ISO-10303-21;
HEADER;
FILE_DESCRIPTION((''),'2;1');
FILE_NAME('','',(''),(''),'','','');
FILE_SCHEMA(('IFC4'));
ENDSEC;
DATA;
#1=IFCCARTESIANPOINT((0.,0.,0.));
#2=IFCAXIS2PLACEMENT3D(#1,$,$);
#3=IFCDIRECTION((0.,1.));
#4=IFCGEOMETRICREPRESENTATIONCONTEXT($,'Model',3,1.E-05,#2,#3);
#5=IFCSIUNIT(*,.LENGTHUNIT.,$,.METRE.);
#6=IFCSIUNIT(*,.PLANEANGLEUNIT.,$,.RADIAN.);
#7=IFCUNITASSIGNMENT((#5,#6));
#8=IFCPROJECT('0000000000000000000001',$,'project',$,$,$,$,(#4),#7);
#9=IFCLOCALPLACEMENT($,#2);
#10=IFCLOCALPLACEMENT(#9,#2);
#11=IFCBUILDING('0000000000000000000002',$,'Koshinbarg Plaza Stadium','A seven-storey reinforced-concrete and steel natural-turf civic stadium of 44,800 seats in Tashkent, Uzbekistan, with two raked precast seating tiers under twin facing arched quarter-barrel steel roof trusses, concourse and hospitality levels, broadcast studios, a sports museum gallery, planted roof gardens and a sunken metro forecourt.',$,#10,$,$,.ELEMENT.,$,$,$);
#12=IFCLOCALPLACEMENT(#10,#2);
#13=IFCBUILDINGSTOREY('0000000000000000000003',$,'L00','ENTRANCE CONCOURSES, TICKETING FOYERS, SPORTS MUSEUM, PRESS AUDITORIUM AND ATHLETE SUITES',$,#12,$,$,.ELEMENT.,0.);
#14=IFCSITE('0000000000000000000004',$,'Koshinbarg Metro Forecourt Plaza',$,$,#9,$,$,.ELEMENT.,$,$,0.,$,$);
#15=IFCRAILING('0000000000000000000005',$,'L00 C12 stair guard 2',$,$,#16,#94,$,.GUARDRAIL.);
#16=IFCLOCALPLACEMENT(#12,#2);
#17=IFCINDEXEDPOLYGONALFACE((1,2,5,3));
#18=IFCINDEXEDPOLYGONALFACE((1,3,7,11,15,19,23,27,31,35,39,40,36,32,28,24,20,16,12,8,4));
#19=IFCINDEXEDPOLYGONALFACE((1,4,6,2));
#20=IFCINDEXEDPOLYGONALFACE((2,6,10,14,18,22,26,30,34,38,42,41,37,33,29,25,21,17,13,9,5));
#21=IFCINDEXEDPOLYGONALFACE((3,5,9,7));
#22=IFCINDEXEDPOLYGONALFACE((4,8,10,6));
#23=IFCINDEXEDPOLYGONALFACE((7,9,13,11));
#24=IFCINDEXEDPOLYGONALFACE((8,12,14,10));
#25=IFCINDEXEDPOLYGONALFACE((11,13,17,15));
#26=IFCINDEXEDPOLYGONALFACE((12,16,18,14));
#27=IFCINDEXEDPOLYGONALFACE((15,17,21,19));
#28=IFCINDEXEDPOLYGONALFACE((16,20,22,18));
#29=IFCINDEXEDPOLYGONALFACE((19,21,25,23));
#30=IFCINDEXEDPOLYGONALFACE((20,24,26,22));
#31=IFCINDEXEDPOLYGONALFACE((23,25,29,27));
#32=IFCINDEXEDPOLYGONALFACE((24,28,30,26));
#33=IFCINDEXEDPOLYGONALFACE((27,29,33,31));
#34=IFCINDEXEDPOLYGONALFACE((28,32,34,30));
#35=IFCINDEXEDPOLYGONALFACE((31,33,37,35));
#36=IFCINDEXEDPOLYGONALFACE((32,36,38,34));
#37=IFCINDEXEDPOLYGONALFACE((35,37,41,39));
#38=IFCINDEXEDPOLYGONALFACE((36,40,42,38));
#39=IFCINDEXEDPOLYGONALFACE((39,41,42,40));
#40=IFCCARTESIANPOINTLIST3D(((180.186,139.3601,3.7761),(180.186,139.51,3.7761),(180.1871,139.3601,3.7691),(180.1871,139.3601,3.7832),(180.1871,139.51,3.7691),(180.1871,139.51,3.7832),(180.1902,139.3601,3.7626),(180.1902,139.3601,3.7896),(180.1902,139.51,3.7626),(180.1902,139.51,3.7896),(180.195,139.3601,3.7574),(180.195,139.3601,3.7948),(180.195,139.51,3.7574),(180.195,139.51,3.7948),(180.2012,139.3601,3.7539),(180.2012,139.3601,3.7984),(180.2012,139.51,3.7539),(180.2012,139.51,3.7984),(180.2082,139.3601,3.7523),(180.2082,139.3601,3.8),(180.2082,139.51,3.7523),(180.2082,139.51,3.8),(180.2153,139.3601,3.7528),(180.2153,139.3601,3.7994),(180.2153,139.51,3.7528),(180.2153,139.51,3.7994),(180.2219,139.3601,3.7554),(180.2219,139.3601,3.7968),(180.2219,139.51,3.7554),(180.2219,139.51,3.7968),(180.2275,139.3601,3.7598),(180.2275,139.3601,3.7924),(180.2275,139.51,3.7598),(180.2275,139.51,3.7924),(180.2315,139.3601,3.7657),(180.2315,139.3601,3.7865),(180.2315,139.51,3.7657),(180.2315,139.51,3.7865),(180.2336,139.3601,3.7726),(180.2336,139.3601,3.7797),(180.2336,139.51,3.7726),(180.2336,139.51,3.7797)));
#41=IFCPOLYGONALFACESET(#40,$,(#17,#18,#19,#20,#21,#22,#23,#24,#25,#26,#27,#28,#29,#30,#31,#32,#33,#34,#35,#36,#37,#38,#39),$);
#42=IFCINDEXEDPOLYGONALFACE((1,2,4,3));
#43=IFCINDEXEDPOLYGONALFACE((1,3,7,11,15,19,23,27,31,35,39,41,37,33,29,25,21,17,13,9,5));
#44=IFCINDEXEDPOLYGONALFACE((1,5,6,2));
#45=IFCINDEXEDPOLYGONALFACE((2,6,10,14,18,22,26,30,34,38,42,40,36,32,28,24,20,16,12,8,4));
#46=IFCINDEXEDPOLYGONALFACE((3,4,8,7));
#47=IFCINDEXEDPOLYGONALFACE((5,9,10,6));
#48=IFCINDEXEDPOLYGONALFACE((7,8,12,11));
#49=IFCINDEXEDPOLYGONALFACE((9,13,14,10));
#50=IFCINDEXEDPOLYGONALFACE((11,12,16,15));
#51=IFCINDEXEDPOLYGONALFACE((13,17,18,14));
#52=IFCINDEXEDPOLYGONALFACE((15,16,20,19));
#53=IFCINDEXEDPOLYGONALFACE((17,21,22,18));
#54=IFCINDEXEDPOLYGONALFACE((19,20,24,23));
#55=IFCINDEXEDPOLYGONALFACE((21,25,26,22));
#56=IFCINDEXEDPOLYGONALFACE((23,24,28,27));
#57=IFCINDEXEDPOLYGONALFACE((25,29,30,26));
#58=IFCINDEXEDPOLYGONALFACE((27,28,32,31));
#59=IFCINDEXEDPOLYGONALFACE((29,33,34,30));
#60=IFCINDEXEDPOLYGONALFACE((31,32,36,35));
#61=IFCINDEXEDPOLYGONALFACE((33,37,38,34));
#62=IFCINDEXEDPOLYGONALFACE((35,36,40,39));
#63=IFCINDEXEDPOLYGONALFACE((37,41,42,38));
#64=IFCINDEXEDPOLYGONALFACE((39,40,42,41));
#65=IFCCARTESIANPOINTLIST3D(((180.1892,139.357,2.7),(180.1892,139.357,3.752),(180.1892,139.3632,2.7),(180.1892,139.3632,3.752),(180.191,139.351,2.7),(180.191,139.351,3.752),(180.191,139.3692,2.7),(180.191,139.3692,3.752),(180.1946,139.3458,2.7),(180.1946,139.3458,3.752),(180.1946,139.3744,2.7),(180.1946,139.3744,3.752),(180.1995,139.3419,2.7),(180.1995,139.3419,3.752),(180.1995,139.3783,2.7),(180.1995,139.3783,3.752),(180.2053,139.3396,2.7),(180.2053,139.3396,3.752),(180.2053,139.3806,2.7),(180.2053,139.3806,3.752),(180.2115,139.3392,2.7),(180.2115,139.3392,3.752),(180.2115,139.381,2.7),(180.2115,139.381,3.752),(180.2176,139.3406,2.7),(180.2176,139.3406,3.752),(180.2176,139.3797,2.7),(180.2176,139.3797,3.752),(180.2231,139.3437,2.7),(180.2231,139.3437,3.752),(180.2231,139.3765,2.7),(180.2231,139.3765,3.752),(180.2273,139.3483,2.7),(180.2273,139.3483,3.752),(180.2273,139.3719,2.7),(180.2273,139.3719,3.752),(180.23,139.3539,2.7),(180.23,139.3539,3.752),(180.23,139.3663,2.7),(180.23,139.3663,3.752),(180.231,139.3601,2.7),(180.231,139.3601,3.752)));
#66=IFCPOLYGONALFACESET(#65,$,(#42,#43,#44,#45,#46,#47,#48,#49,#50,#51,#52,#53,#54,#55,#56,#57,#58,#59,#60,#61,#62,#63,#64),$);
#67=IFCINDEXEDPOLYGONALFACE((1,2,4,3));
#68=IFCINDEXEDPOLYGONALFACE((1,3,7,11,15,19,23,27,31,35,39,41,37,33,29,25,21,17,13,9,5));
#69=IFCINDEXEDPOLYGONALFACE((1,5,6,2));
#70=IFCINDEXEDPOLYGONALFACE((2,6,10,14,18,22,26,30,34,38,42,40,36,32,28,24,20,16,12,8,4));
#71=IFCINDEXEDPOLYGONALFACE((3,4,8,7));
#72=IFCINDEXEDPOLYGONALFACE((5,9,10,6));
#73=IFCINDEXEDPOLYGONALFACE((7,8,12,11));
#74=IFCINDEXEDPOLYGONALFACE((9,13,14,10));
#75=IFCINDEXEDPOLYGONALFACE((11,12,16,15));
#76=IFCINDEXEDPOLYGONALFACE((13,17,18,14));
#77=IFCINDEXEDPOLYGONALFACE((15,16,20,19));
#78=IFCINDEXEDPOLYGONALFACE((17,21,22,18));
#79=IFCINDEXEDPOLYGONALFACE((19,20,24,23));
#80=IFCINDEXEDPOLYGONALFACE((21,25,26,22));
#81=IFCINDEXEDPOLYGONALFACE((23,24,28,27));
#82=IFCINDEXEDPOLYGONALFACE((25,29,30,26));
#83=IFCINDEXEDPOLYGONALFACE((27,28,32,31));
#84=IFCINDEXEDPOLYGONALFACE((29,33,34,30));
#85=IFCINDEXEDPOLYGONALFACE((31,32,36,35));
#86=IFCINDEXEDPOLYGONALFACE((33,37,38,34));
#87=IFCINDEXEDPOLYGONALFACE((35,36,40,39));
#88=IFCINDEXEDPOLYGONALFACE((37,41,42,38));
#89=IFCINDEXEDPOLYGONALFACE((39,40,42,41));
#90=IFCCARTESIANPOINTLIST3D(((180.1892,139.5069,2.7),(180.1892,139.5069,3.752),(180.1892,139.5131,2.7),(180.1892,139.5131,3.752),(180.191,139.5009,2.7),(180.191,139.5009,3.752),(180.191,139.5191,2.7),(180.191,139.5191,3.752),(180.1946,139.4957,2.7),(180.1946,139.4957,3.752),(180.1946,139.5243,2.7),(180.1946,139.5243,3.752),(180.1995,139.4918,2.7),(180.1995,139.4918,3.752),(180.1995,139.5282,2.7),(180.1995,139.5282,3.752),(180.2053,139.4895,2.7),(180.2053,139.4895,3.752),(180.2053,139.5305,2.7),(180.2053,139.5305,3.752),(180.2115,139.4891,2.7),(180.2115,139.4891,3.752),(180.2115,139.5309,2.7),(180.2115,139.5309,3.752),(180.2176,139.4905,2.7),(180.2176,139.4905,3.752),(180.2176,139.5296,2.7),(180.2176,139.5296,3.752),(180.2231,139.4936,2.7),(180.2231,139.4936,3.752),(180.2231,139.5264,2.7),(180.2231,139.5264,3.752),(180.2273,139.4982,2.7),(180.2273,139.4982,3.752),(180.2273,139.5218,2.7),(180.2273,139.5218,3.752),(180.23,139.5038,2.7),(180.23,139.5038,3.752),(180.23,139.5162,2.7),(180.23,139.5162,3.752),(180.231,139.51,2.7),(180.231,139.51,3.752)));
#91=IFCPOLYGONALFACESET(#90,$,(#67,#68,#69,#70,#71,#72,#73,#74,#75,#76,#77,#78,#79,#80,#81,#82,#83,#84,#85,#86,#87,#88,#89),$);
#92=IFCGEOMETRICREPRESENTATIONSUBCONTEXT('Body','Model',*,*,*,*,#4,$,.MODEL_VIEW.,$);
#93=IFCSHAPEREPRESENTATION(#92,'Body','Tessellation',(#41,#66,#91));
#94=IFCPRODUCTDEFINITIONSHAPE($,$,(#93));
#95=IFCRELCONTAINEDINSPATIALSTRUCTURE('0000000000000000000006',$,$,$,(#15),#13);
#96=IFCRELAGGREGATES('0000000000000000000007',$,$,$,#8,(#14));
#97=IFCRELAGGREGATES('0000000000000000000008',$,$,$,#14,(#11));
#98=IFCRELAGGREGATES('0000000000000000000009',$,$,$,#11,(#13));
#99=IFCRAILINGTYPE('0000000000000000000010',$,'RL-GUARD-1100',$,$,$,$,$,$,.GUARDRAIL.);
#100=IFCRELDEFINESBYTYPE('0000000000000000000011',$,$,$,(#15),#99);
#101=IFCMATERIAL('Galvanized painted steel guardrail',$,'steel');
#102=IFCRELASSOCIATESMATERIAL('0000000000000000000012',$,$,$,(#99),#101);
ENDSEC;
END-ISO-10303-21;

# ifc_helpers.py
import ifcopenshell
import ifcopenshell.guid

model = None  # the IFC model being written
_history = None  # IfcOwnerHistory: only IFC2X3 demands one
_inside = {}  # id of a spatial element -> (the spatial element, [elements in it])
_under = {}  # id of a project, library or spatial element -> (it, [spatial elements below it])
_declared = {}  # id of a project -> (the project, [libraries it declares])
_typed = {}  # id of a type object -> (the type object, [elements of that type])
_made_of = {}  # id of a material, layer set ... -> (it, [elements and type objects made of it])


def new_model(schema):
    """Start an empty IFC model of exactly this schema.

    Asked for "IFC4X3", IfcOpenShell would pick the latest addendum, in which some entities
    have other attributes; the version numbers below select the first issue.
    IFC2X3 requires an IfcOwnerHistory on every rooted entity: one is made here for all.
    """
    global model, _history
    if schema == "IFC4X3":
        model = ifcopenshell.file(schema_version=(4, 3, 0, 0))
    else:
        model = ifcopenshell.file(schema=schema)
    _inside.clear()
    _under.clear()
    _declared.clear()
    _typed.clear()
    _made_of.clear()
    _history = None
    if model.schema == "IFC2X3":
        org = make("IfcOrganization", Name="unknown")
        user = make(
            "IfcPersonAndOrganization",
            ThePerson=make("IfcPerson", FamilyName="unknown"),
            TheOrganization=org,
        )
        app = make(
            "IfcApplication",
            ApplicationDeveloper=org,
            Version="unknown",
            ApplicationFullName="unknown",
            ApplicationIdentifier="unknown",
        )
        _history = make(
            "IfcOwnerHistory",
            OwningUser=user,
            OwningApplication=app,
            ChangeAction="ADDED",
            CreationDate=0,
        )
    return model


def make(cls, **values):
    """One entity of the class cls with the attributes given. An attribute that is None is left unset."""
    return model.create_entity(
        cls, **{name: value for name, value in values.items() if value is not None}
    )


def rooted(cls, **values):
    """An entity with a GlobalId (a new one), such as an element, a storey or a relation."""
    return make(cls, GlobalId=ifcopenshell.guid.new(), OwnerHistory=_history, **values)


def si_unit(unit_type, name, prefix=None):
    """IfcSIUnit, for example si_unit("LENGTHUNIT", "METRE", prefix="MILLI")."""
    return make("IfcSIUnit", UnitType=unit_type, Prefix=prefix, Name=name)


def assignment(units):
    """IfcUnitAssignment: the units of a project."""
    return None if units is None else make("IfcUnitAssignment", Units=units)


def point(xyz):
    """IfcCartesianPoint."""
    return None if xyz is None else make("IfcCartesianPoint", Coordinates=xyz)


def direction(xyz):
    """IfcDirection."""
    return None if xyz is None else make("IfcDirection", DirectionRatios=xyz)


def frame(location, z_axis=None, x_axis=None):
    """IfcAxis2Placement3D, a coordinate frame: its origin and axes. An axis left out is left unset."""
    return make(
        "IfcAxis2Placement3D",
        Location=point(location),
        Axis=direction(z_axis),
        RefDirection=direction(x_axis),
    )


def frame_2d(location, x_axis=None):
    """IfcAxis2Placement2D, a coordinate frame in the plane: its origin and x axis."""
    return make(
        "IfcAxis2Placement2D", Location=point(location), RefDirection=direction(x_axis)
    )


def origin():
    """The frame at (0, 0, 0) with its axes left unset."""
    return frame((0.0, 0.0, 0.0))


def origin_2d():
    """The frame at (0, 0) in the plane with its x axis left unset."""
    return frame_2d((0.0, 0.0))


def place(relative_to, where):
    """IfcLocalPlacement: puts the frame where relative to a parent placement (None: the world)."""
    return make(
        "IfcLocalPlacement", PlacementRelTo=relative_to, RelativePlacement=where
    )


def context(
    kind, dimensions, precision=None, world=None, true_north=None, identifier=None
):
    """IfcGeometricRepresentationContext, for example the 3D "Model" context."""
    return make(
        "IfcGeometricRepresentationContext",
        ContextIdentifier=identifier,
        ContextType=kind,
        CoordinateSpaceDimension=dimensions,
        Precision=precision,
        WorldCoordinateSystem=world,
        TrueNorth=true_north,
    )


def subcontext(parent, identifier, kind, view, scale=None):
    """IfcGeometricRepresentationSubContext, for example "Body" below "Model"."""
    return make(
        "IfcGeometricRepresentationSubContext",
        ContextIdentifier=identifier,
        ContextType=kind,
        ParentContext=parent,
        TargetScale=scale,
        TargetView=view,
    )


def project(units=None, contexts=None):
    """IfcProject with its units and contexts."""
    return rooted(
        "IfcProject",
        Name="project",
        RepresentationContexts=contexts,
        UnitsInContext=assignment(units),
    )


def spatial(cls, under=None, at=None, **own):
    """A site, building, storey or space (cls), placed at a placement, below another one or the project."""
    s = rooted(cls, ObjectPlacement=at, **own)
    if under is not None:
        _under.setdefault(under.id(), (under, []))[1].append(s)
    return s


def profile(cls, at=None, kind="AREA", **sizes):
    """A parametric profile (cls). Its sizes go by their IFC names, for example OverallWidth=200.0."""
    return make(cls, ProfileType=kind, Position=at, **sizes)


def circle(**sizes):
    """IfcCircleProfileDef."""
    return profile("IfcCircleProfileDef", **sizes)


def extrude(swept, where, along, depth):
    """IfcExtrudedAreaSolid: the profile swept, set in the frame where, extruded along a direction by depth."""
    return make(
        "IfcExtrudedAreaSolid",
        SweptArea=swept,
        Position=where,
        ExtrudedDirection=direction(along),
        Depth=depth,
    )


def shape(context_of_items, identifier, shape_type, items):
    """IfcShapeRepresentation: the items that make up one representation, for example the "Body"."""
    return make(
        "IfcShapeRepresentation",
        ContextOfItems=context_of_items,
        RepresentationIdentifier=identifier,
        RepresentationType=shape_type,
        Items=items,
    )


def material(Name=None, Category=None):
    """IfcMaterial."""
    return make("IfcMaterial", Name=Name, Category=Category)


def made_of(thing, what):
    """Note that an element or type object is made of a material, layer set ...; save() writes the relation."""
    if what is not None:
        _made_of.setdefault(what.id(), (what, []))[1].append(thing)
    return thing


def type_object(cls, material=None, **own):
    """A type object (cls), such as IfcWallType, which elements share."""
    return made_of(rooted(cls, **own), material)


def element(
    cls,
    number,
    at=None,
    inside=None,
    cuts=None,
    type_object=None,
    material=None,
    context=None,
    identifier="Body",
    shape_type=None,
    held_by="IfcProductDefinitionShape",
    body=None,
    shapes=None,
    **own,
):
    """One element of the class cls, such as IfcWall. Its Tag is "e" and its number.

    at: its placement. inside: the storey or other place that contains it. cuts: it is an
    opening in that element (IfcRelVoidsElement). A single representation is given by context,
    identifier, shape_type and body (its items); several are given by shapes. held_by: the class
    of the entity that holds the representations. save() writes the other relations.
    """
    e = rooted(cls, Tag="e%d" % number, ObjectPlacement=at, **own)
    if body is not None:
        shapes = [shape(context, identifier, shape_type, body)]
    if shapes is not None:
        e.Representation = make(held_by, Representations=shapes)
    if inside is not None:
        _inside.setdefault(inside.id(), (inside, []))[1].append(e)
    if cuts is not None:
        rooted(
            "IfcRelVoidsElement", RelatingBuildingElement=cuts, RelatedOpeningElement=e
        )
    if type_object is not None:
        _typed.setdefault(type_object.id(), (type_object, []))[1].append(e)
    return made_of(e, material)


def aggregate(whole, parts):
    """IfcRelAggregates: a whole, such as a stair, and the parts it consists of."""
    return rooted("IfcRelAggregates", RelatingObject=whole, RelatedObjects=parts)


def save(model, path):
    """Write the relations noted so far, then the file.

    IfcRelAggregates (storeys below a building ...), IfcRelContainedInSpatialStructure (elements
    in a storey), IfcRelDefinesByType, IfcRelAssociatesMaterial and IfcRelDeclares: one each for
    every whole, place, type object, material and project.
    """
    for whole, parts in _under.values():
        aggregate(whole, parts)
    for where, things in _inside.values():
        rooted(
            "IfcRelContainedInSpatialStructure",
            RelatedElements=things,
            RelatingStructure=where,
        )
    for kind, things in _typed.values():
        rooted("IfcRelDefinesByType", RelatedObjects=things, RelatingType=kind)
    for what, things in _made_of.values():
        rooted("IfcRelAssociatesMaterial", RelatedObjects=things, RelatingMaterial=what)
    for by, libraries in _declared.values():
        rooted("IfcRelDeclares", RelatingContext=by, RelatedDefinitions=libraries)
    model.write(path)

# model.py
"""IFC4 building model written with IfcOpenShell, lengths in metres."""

from ifc_helpers import new_model, si_unit, direction, frame, origin, origin_2d, place, context, subcontext, project, spatial, circle, extrude, material, type_object, element, save


model = new_model("IFC4")

# Units and contexts
model_context = context("Model", 3, precision=1e-05, world=origin(), true_north=direction((0.0, 1.0)))
body_context = subcontext(model_context, "Body", "Model", "MODEL_VIEW")
ifc_project = project(units=[si_unit("LENGTHUNIT", "METRE"), si_unit("PLANEANGLEUNIT", "RADIAN")], contexts=[model_context])

# Site, building, storey
site_placement = place(None, origin())
site = spatial("IfcSite", under=ifc_project, at=site_placement, Name="Koshinbarg Metro Forecourt Plaza", CompositionType="ELEMENT", RefElevation=0.0)
building_placement = place(site_placement, origin())
building = spatial("IfcBuilding", under=site, at=building_placement, Name="Koshinbarg Plaza Stadium", Description="A seven-storey reinforced-concrete and steel natural-turf civic stadium of 44,800 seats in Tashkent, Uzbekistan, with two raked precast seating tiers under twin facing arched quarter-barrel steel roof trusses, concourse and hospitality levels, broadcast studios, a sports museum gallery, planted roof gardens and a sunken metro forecourt.", CompositionType="ELEMENT")
storey_placement = place(building_placement, origin())
storey = spatial("IfcBuildingStorey", under=building, at=storey_placement, Name="L00", Description="ENTRANCE CONCOURSES, TICKETING FOYERS, SPORTS MUSEUM, PRESS AUDITORIUM AND ATHLETE SUITES", CompositionType="ELEMENT", Elevation=0.0)

# Railing
ifc_material_1 = material(Name="Galvanized painted steel guardrail", Category="steel")
railing_type_1 = type_object("IfcRailingType", Name="RL-GUARD-1100", PredefinedType="GUARDRAIL", material=ifc_material_1)
railing_1_placement = place(storey_placement, frame((180.21, 139.3601, 2.7)))
element("IfcRailing", 1, at=railing_1_placement, inside=storey, type_object=railing_type_1, Name="L00 C12 stair guard 2", PredefinedType="GUARDRAIL", context=body_context, shape_type="SweptSolid", body=[
    extrude(circle(Radius=0.0239, at=origin_2d()), frame((0.0, 0.0, 1.0762), z_axis=(0.0, 1.0, 0.0), x_axis=(-1.0, 0.0, 0.0)), (0.0, 0.0, 1.0), 0.1499),
    extrude(circle(Radius=0.021, at=origin_2d()), origin(), (0.0, 0.0, 1.0), 1.052),
    extrude(circle(Radius=0.021, at=origin_2d()), frame((0.0, 0.1499, 0.0)), (0.0, 0.0, 1.0), 1.052),
])

save(model, "model.ifc")
